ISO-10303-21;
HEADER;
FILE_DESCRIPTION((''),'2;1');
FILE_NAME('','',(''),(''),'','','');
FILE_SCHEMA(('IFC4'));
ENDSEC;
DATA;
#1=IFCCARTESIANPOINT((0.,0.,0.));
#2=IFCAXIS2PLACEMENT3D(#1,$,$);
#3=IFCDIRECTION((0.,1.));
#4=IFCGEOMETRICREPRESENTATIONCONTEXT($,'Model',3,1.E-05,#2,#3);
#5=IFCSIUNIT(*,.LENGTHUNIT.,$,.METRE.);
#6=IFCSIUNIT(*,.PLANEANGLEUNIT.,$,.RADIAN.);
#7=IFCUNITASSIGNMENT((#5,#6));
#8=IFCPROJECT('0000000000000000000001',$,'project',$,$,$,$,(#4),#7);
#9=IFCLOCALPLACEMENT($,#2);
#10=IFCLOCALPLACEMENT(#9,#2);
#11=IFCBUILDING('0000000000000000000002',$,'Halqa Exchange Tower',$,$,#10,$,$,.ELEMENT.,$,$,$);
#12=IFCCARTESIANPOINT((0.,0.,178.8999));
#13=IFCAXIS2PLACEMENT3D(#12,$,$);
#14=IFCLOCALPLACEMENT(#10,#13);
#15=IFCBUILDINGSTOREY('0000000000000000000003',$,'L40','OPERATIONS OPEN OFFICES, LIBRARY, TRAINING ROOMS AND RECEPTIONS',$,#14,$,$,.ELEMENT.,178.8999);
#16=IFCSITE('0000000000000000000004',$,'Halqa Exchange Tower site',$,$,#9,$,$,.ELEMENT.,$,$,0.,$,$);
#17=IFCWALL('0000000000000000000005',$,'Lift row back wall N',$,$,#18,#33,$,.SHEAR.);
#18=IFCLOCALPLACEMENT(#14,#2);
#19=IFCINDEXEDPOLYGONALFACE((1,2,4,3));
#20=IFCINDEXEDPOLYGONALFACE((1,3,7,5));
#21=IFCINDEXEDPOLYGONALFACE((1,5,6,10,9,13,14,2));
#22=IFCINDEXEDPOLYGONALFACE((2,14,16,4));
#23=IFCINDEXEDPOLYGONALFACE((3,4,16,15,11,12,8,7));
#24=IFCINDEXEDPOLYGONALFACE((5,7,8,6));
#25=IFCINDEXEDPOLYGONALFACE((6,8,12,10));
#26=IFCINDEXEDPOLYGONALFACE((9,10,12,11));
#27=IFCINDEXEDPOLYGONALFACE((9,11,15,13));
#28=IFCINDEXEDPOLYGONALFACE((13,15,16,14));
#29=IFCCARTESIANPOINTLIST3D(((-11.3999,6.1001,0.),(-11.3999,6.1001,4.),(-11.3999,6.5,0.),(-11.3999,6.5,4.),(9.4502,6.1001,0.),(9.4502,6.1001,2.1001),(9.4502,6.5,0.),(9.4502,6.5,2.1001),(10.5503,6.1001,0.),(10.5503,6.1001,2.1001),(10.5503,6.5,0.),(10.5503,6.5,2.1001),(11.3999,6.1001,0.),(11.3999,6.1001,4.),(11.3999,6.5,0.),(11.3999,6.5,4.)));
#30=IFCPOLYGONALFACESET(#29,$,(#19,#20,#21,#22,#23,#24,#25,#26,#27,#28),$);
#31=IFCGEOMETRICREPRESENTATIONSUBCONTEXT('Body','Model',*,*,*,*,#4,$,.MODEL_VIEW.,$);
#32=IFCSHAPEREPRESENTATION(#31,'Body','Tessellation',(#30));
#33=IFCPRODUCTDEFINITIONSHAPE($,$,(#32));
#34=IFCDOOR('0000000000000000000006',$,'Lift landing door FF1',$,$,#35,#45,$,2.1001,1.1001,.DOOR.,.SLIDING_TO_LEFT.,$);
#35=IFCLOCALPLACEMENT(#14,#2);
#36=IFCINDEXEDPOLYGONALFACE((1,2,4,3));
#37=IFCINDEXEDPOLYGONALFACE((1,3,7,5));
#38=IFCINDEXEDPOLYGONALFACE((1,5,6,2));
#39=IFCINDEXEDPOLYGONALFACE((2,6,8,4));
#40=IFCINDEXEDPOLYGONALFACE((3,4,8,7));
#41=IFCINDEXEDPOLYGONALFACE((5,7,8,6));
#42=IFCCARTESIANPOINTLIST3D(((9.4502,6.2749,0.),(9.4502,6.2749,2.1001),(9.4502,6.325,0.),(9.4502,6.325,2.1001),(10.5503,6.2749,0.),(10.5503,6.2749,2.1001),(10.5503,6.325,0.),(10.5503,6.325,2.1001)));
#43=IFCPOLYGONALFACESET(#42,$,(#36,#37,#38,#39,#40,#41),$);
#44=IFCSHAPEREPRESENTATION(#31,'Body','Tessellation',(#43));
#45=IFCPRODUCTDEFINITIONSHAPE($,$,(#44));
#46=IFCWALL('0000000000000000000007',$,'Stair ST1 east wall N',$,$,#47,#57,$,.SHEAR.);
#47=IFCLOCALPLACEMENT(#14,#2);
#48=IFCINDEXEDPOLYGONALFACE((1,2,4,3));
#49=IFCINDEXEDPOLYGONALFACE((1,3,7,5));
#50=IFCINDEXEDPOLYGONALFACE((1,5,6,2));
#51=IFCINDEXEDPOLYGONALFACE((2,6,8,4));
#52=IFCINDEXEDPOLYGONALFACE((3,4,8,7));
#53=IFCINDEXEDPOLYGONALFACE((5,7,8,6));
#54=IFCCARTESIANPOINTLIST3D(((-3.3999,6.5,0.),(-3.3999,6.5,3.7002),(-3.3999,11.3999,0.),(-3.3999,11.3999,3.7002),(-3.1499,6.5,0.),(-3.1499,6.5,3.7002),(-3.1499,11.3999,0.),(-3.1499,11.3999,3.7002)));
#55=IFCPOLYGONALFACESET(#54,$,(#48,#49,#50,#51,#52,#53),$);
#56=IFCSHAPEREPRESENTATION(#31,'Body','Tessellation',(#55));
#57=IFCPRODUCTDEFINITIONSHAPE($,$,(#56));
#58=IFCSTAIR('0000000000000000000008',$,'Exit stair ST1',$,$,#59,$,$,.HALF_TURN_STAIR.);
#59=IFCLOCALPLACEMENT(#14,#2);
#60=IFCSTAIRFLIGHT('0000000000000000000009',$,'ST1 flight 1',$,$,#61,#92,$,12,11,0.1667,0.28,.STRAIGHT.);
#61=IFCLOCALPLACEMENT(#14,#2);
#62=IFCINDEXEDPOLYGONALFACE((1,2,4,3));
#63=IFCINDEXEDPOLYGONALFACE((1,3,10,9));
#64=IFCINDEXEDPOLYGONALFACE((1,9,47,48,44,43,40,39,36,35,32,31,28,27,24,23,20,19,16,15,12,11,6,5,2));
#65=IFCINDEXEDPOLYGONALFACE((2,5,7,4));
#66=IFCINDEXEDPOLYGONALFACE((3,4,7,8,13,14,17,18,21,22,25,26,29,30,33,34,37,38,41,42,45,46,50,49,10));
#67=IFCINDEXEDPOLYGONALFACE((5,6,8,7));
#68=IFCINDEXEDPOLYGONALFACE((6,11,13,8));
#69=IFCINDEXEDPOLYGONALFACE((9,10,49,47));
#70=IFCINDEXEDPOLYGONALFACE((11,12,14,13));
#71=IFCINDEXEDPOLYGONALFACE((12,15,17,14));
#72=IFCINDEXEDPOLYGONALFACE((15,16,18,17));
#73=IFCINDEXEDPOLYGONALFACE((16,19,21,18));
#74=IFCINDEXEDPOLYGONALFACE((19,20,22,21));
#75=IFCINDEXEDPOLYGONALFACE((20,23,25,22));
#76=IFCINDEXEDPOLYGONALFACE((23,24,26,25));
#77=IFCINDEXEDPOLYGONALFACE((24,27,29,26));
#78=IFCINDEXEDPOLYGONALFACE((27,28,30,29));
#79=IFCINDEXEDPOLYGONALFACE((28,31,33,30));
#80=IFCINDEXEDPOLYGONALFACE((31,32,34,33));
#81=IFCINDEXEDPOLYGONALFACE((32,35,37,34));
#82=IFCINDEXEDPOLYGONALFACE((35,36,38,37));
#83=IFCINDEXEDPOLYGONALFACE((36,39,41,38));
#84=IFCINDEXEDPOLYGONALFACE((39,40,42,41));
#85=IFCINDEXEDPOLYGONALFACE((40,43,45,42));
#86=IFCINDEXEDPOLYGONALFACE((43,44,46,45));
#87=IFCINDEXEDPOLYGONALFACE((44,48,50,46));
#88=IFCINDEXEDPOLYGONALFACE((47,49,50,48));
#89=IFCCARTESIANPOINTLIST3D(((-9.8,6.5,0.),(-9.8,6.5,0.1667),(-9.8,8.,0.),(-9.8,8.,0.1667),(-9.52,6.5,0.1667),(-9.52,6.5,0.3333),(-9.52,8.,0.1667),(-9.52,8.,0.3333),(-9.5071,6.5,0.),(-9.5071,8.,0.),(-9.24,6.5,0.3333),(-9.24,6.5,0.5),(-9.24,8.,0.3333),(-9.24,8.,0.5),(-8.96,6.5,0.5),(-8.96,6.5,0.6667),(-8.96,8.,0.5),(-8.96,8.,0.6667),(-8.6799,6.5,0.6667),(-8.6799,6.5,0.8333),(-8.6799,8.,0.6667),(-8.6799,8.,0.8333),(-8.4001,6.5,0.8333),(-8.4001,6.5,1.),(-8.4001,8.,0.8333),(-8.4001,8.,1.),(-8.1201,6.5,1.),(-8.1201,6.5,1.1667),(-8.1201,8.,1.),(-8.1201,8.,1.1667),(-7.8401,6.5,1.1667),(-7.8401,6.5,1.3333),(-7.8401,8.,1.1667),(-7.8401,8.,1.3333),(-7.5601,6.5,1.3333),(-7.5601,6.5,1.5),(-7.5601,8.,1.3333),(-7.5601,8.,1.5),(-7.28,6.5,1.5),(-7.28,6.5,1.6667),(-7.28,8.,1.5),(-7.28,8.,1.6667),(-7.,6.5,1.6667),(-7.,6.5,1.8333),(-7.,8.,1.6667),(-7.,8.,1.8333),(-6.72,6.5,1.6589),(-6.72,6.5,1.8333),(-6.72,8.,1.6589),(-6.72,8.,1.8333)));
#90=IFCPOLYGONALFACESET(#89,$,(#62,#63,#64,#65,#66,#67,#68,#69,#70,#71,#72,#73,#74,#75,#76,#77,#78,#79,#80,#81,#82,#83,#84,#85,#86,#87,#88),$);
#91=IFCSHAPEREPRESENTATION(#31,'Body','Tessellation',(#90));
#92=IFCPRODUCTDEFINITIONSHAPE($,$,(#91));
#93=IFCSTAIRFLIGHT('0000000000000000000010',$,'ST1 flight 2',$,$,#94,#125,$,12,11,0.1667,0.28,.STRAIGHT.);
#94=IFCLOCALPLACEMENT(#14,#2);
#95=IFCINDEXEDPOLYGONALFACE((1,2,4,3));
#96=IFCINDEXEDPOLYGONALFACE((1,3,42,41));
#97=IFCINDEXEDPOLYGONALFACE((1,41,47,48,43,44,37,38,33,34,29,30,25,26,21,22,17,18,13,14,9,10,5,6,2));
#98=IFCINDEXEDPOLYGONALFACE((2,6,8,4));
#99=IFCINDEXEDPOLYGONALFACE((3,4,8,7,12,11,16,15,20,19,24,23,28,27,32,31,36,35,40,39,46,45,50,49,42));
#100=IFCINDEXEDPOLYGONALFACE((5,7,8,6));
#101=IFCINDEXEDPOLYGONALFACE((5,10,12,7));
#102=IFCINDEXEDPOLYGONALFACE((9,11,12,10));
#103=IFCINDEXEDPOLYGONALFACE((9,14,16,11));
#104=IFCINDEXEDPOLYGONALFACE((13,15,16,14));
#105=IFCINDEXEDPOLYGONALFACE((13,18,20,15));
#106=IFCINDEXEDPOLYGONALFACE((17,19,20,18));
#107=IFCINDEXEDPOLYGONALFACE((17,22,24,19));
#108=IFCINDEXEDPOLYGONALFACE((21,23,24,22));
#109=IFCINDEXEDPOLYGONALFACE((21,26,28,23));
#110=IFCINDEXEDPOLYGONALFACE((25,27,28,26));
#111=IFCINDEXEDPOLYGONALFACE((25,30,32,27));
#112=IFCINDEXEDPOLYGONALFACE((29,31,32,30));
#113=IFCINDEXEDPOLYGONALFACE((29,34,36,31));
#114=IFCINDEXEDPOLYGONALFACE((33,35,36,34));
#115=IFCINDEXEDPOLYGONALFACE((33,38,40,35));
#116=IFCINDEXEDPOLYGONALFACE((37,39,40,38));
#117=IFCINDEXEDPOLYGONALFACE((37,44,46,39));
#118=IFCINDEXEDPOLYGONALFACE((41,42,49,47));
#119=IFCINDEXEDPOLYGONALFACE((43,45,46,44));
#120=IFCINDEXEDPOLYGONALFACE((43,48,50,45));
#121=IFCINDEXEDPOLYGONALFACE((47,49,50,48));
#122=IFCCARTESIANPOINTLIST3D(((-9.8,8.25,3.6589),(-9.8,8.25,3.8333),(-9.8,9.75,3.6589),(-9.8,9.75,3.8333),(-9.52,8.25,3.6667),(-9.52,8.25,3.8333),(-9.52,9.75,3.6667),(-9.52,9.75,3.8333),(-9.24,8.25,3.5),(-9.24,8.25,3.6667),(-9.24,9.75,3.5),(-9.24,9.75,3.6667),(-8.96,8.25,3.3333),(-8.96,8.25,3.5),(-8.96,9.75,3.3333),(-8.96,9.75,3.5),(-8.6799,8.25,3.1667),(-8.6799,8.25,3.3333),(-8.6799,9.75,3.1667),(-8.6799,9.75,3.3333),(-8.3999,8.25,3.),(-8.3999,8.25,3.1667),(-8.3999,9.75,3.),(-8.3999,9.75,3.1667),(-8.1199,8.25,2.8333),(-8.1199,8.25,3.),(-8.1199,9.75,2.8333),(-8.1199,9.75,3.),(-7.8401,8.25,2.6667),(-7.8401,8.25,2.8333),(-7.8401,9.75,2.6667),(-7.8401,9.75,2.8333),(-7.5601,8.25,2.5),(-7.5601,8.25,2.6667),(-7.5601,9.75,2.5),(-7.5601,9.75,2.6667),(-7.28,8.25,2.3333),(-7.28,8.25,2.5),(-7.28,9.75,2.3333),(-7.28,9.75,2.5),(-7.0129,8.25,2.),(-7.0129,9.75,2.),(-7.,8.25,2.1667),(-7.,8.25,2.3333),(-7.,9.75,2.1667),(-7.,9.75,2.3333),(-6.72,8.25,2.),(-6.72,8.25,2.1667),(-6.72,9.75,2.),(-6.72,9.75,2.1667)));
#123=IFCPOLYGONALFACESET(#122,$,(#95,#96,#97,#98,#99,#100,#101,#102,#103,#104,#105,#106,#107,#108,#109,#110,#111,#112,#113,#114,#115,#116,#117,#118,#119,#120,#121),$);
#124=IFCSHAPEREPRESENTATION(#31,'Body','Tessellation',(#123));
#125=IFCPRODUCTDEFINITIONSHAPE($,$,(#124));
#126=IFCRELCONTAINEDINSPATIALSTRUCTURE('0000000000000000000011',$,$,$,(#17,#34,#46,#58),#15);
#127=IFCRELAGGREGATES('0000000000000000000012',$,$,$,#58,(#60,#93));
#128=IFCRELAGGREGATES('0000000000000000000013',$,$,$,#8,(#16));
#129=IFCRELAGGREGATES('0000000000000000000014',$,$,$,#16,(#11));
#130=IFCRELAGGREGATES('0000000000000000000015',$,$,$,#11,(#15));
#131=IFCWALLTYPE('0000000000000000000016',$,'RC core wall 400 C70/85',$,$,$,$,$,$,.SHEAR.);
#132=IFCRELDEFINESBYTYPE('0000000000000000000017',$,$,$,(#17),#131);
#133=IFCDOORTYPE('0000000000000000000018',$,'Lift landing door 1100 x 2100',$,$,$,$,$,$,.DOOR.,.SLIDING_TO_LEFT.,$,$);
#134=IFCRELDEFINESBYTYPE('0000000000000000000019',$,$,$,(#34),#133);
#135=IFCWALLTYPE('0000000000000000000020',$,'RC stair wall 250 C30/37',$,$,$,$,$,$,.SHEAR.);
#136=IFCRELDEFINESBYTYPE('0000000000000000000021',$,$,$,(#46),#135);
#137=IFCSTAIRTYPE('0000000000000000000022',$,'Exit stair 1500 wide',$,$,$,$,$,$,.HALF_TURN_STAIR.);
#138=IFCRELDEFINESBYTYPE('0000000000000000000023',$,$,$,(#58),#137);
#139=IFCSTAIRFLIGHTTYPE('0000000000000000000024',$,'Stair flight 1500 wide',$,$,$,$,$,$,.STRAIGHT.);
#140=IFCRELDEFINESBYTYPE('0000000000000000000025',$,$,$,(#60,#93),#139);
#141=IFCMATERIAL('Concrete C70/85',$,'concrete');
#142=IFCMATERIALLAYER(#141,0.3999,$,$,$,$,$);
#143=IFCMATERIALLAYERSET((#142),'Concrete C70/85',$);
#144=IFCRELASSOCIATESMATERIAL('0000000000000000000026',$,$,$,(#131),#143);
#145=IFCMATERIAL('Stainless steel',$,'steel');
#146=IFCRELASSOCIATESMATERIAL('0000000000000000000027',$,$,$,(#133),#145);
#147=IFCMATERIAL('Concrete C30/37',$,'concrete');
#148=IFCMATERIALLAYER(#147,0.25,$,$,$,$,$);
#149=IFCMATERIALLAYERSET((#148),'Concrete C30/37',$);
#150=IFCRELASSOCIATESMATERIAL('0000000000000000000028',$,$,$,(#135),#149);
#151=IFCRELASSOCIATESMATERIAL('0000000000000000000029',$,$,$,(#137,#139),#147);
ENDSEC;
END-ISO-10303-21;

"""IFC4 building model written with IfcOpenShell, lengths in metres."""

from ifc_helpers import new_model, si_unit, direction, frame, frame_2d, origin, place, context, subcontext, project, spatial, polyline, rectangle, outline, extrude, material, layer, layer_set, type_object, element, fill, aggregate, save


model = new_model("IFC4")

# Units and contexts
model_context = context("Model", 3, precision=1e-05, world=origin(), true_north=direction((0.0, 1.0)))
body_context = subcontext(model_context, "Body", "Model", "MODEL_VIEW")
ifc_project = project(units=[si_unit("LENGTHUNIT", "METRE"), si_unit("PLANEANGLEUNIT", "RADIAN")], contexts=[model_context])

# Site, building, storey
site_placement = place(None, origin())
site = spatial("IfcSite", under=ifc_project, at=site_placement, Name="Halqa Exchange Tower site", CompositionType="ELEMENT", RefElevation=0.0)
building_placement = place(site_placement, origin())
building = spatial("IfcBuilding", under=site, at=building_placement, Name="Halqa Exchange Tower", CompositionType="ELEMENT")
storey_placement = place(building_placement, frame((0.0, 0.0, 178.8999)))
storey = spatial("IfcBuildingStorey", under=building, at=storey_placement, Name="L40", Description="OPERATIONS OPEN OFFICES, LIBRARY, TRAINING ROOMS AND RECEPTIONS", CompositionType="ELEMENT", Elevation=178.8999)

# Shared definitions
ifc_material_1 = material(Name="Concrete C70/85", Category="concrete")
ifc_layer_1 = layer(ifc_material_1, 0.3999)
ifc_layer_set_1 = layer_set([ifc_layer_1], Name="Concrete C70/85")
wall_type_1 = type_object("IfcWallType", Name="RC core wall 400 C70/85", PredefinedType="SHEAR", material=ifc_layer_set_1)
ifc_material_2 = material(Name="Stainless steel", Category="steel")
door_type_1 = type_object("IfcDoorType", Name="Lift landing door 1100 x 2100", OperationType="SLIDING_TO_LEFT", PredefinedType="DOOR", material=ifc_material_2)

# Wall, opening, door
wall_1_placement = place(storey_placement, frame((-11.3999, 6.3, 0.0), z_axis=(0.0, 0.0, 1.0), x_axis=(1.0, 0.0, 0.0)))
wall_1 = element("IfcWall", 1, at=wall_1_placement, inside=storey, type_object=wall_type_1, Name="Lift row back wall N", PredefinedType="SHEAR", context=body_context, shape_type="SweptSolid", body=[
    extrude(rectangle(XDim=22.7998, YDim=0.3999, at=frame_2d((11.3999, 0.0))), origin(), (0.0, 0.0, 1.0), 4.0),
])
opening_1_placement = place(wall_1_placement, frame((20.8501, 0.0, 0.0)))
opening_1 = element("IfcOpeningElement", 2, at=opening_1_placement, cuts=wall_1, PredefinedType="OPENING", context=body_context, shape_type="SweptSolid", body=[
    extrude(rectangle(XDim=1.1001, YDim=2.1001, at=frame_2d((0.55, 1.05))), frame((0.0, 0.2119, 0.0), z_axis=(0.0, -1.0, 0.0), x_axis=(1.0, 0.0, 0.0)), (0.0, 0.0, 1.0), 0.4238),
])
door_1_placement = place(opening_1_placement, origin())
door_1 = element("IfcDoor", 3, at=door_1_placement, inside=storey, type_object=door_type_1, Name="Lift landing door FF1", OperationType="SLIDING_TO_LEFT", OverallHeight=2.1001, OverallWidth=1.1001, PredefinedType="DOOR", context=body_context, shape_type="SweptSolid", body=[
    extrude(rectangle(XDim=1.1001, YDim=2.1001, at=frame_2d((0.55, 1.05))), frame((0.0, 0.0249, 0.0), z_axis=(0.0, -1.0, 0.0), x_axis=(1.0, 0.0, 0.0)), (0.0, 0.0, 1.0), 0.05),
])
fill(opening_1, door_1)

# Wall
ifc_material_3 = material(Name="Concrete C30/37", Category="concrete")
ifc_layer_2 = layer(ifc_material_3, 0.25)
ifc_layer_set_2 = layer_set([ifc_layer_2], Name="Concrete C30/37")
wall_type_2 = type_object("IfcWallType", Name="RC stair wall 250 C30/37", PredefinedType="SHEAR", material=ifc_layer_set_2)
wall_2_placement = place(storey_placement, frame((-3.2749, 6.5, 0.0), z_axis=(0.0, 0.0, 1.0), x_axis=(0.0, 1.0, 0.0)))
element("IfcWall", 4, at=wall_2_placement, inside=storey, type_object=wall_type_2, Name="Stair ST1 east wall N", PredefinedType="SHEAR", context=body_context, shape_type="SweptSolid", body=[
    extrude(rectangle(XDim=4.8999, YDim=0.25, at=frame_2d((2.45, 0.0))), origin(), (0.0, 0.0, 1.0), 3.7002),
])

# Stair, stair flights
stair_type = type_object("IfcStairType", Name="Exit stair 1500 wide", PredefinedType="HALF_TURN_STAIR", material=ifc_material_3)
stair_placement = place(storey_placement, origin())
stair = element("IfcStair", 5, at=stair_placement, inside=storey, type_object=stair_type, Name="Exit stair ST1", PredefinedType="HALF_TURN_STAIR")
stair_flight_type = type_object("IfcStairFlightType", Name="Stair flight 1500 wide", PredefinedType="STRAIGHT", material=ifc_material_3)
stair_flight_1_placement = place(storey_placement, frame((-9.8, 7.25, 0.0), z_axis=(0.0, 0.0, 1.0), x_axis=(1.0, 0.0, 0.0)))
stair_flight_1 = element("IfcStairFlight", 6, at=stair_flight_1_placement, type_object=stair_flight_type, Name="ST1 flight 1", NumberOfRisers=12, NumberOfTreads=11, PredefinedType="STRAIGHT", RiserHeight=0.1667, TreadLength=0.28, context=body_context, shape_type="SweptSolid", body=[
    extrude(outline(polyline([(0.0, 0.0), (0.0, 0.1667), (0.28, 0.1667), (0.28, 0.3333), (0.5601, 0.3333), (0.5601, 0.5), (0.8401, 0.5), (0.8401, 0.6667), (1.1201, 0.6667), (1.1201, 0.8333), (1.3999, 0.8333), (1.3999, 1.0), (1.6799, 1.0), (1.6799, 1.1667), (1.96, 1.1667), (1.96, 1.3333), (2.24, 1.3333), (2.24, 1.5), (2.52, 1.5), (2.52, 1.6667), (2.8, 1.6667), (2.8, 1.8333), (3.0801, 1.8333), (3.0801, 2.0), (3.0801, 1.6589), (0.293, 0.0), (0.0, 0.0)])), frame((0.0, 0.75, 0.0), z_axis=(0.0, -1.0, 0.0), x_axis=(1.0, 0.0, 0.0)), (0.0, 0.0, 1.0), 1.5),
])
stair_flight_2_placement = place(storey_placement, frame((-6.72, 9.0, 2.0), z_axis=(0.0, 0.0, 1.0), x_axis=(-1.0, 0.0, 0.0)))
stair_flight_2 = element("IfcStairFlight", 7, at=stair_flight_2_placement, type_object=stair_flight_type, Name="ST1 flight 2", NumberOfRisers=12, NumberOfTreads=11, PredefinedType="STRAIGHT", RiserHeight=0.1667, TreadLength=0.28, context=body_context, shape_type="SweptSolid", body=[
    extrude(outline(polyline([(0.0, 0.0), (0.0, 0.1667), (0.28, 0.1667), (0.28, 0.3333), (0.5601, 0.3333), (0.5601, 0.5), (0.8401, 0.5), (0.8401, 0.6667), (1.1201, 0.6667), (1.1201, 0.8333), (1.3999, 0.8333), (1.3999, 1.0), (1.6799, 1.0), (1.6799, 1.1667), (1.96, 1.1667), (1.96, 1.3333), (2.24, 1.3333), (2.24, 1.5), (2.52, 1.5), (2.52, 1.6667), (2.8, 1.6667), (2.8, 1.8333), (3.0801, 1.8333), (3.0801, 2.0), (3.0801, 1.6589), (0.293, 0.0), (0.0, 0.0)])), frame((0.0, 0.75, 0.0), z_axis=(0.0, -1.0, 0.0), x_axis=(1.0, 0.0, 0.0)), (0.0, 0.0, 1.0), 1.5),
])
aggregate(stair, [stair_flight_1, stair_flight_2])

save(model, "model.ifc")
